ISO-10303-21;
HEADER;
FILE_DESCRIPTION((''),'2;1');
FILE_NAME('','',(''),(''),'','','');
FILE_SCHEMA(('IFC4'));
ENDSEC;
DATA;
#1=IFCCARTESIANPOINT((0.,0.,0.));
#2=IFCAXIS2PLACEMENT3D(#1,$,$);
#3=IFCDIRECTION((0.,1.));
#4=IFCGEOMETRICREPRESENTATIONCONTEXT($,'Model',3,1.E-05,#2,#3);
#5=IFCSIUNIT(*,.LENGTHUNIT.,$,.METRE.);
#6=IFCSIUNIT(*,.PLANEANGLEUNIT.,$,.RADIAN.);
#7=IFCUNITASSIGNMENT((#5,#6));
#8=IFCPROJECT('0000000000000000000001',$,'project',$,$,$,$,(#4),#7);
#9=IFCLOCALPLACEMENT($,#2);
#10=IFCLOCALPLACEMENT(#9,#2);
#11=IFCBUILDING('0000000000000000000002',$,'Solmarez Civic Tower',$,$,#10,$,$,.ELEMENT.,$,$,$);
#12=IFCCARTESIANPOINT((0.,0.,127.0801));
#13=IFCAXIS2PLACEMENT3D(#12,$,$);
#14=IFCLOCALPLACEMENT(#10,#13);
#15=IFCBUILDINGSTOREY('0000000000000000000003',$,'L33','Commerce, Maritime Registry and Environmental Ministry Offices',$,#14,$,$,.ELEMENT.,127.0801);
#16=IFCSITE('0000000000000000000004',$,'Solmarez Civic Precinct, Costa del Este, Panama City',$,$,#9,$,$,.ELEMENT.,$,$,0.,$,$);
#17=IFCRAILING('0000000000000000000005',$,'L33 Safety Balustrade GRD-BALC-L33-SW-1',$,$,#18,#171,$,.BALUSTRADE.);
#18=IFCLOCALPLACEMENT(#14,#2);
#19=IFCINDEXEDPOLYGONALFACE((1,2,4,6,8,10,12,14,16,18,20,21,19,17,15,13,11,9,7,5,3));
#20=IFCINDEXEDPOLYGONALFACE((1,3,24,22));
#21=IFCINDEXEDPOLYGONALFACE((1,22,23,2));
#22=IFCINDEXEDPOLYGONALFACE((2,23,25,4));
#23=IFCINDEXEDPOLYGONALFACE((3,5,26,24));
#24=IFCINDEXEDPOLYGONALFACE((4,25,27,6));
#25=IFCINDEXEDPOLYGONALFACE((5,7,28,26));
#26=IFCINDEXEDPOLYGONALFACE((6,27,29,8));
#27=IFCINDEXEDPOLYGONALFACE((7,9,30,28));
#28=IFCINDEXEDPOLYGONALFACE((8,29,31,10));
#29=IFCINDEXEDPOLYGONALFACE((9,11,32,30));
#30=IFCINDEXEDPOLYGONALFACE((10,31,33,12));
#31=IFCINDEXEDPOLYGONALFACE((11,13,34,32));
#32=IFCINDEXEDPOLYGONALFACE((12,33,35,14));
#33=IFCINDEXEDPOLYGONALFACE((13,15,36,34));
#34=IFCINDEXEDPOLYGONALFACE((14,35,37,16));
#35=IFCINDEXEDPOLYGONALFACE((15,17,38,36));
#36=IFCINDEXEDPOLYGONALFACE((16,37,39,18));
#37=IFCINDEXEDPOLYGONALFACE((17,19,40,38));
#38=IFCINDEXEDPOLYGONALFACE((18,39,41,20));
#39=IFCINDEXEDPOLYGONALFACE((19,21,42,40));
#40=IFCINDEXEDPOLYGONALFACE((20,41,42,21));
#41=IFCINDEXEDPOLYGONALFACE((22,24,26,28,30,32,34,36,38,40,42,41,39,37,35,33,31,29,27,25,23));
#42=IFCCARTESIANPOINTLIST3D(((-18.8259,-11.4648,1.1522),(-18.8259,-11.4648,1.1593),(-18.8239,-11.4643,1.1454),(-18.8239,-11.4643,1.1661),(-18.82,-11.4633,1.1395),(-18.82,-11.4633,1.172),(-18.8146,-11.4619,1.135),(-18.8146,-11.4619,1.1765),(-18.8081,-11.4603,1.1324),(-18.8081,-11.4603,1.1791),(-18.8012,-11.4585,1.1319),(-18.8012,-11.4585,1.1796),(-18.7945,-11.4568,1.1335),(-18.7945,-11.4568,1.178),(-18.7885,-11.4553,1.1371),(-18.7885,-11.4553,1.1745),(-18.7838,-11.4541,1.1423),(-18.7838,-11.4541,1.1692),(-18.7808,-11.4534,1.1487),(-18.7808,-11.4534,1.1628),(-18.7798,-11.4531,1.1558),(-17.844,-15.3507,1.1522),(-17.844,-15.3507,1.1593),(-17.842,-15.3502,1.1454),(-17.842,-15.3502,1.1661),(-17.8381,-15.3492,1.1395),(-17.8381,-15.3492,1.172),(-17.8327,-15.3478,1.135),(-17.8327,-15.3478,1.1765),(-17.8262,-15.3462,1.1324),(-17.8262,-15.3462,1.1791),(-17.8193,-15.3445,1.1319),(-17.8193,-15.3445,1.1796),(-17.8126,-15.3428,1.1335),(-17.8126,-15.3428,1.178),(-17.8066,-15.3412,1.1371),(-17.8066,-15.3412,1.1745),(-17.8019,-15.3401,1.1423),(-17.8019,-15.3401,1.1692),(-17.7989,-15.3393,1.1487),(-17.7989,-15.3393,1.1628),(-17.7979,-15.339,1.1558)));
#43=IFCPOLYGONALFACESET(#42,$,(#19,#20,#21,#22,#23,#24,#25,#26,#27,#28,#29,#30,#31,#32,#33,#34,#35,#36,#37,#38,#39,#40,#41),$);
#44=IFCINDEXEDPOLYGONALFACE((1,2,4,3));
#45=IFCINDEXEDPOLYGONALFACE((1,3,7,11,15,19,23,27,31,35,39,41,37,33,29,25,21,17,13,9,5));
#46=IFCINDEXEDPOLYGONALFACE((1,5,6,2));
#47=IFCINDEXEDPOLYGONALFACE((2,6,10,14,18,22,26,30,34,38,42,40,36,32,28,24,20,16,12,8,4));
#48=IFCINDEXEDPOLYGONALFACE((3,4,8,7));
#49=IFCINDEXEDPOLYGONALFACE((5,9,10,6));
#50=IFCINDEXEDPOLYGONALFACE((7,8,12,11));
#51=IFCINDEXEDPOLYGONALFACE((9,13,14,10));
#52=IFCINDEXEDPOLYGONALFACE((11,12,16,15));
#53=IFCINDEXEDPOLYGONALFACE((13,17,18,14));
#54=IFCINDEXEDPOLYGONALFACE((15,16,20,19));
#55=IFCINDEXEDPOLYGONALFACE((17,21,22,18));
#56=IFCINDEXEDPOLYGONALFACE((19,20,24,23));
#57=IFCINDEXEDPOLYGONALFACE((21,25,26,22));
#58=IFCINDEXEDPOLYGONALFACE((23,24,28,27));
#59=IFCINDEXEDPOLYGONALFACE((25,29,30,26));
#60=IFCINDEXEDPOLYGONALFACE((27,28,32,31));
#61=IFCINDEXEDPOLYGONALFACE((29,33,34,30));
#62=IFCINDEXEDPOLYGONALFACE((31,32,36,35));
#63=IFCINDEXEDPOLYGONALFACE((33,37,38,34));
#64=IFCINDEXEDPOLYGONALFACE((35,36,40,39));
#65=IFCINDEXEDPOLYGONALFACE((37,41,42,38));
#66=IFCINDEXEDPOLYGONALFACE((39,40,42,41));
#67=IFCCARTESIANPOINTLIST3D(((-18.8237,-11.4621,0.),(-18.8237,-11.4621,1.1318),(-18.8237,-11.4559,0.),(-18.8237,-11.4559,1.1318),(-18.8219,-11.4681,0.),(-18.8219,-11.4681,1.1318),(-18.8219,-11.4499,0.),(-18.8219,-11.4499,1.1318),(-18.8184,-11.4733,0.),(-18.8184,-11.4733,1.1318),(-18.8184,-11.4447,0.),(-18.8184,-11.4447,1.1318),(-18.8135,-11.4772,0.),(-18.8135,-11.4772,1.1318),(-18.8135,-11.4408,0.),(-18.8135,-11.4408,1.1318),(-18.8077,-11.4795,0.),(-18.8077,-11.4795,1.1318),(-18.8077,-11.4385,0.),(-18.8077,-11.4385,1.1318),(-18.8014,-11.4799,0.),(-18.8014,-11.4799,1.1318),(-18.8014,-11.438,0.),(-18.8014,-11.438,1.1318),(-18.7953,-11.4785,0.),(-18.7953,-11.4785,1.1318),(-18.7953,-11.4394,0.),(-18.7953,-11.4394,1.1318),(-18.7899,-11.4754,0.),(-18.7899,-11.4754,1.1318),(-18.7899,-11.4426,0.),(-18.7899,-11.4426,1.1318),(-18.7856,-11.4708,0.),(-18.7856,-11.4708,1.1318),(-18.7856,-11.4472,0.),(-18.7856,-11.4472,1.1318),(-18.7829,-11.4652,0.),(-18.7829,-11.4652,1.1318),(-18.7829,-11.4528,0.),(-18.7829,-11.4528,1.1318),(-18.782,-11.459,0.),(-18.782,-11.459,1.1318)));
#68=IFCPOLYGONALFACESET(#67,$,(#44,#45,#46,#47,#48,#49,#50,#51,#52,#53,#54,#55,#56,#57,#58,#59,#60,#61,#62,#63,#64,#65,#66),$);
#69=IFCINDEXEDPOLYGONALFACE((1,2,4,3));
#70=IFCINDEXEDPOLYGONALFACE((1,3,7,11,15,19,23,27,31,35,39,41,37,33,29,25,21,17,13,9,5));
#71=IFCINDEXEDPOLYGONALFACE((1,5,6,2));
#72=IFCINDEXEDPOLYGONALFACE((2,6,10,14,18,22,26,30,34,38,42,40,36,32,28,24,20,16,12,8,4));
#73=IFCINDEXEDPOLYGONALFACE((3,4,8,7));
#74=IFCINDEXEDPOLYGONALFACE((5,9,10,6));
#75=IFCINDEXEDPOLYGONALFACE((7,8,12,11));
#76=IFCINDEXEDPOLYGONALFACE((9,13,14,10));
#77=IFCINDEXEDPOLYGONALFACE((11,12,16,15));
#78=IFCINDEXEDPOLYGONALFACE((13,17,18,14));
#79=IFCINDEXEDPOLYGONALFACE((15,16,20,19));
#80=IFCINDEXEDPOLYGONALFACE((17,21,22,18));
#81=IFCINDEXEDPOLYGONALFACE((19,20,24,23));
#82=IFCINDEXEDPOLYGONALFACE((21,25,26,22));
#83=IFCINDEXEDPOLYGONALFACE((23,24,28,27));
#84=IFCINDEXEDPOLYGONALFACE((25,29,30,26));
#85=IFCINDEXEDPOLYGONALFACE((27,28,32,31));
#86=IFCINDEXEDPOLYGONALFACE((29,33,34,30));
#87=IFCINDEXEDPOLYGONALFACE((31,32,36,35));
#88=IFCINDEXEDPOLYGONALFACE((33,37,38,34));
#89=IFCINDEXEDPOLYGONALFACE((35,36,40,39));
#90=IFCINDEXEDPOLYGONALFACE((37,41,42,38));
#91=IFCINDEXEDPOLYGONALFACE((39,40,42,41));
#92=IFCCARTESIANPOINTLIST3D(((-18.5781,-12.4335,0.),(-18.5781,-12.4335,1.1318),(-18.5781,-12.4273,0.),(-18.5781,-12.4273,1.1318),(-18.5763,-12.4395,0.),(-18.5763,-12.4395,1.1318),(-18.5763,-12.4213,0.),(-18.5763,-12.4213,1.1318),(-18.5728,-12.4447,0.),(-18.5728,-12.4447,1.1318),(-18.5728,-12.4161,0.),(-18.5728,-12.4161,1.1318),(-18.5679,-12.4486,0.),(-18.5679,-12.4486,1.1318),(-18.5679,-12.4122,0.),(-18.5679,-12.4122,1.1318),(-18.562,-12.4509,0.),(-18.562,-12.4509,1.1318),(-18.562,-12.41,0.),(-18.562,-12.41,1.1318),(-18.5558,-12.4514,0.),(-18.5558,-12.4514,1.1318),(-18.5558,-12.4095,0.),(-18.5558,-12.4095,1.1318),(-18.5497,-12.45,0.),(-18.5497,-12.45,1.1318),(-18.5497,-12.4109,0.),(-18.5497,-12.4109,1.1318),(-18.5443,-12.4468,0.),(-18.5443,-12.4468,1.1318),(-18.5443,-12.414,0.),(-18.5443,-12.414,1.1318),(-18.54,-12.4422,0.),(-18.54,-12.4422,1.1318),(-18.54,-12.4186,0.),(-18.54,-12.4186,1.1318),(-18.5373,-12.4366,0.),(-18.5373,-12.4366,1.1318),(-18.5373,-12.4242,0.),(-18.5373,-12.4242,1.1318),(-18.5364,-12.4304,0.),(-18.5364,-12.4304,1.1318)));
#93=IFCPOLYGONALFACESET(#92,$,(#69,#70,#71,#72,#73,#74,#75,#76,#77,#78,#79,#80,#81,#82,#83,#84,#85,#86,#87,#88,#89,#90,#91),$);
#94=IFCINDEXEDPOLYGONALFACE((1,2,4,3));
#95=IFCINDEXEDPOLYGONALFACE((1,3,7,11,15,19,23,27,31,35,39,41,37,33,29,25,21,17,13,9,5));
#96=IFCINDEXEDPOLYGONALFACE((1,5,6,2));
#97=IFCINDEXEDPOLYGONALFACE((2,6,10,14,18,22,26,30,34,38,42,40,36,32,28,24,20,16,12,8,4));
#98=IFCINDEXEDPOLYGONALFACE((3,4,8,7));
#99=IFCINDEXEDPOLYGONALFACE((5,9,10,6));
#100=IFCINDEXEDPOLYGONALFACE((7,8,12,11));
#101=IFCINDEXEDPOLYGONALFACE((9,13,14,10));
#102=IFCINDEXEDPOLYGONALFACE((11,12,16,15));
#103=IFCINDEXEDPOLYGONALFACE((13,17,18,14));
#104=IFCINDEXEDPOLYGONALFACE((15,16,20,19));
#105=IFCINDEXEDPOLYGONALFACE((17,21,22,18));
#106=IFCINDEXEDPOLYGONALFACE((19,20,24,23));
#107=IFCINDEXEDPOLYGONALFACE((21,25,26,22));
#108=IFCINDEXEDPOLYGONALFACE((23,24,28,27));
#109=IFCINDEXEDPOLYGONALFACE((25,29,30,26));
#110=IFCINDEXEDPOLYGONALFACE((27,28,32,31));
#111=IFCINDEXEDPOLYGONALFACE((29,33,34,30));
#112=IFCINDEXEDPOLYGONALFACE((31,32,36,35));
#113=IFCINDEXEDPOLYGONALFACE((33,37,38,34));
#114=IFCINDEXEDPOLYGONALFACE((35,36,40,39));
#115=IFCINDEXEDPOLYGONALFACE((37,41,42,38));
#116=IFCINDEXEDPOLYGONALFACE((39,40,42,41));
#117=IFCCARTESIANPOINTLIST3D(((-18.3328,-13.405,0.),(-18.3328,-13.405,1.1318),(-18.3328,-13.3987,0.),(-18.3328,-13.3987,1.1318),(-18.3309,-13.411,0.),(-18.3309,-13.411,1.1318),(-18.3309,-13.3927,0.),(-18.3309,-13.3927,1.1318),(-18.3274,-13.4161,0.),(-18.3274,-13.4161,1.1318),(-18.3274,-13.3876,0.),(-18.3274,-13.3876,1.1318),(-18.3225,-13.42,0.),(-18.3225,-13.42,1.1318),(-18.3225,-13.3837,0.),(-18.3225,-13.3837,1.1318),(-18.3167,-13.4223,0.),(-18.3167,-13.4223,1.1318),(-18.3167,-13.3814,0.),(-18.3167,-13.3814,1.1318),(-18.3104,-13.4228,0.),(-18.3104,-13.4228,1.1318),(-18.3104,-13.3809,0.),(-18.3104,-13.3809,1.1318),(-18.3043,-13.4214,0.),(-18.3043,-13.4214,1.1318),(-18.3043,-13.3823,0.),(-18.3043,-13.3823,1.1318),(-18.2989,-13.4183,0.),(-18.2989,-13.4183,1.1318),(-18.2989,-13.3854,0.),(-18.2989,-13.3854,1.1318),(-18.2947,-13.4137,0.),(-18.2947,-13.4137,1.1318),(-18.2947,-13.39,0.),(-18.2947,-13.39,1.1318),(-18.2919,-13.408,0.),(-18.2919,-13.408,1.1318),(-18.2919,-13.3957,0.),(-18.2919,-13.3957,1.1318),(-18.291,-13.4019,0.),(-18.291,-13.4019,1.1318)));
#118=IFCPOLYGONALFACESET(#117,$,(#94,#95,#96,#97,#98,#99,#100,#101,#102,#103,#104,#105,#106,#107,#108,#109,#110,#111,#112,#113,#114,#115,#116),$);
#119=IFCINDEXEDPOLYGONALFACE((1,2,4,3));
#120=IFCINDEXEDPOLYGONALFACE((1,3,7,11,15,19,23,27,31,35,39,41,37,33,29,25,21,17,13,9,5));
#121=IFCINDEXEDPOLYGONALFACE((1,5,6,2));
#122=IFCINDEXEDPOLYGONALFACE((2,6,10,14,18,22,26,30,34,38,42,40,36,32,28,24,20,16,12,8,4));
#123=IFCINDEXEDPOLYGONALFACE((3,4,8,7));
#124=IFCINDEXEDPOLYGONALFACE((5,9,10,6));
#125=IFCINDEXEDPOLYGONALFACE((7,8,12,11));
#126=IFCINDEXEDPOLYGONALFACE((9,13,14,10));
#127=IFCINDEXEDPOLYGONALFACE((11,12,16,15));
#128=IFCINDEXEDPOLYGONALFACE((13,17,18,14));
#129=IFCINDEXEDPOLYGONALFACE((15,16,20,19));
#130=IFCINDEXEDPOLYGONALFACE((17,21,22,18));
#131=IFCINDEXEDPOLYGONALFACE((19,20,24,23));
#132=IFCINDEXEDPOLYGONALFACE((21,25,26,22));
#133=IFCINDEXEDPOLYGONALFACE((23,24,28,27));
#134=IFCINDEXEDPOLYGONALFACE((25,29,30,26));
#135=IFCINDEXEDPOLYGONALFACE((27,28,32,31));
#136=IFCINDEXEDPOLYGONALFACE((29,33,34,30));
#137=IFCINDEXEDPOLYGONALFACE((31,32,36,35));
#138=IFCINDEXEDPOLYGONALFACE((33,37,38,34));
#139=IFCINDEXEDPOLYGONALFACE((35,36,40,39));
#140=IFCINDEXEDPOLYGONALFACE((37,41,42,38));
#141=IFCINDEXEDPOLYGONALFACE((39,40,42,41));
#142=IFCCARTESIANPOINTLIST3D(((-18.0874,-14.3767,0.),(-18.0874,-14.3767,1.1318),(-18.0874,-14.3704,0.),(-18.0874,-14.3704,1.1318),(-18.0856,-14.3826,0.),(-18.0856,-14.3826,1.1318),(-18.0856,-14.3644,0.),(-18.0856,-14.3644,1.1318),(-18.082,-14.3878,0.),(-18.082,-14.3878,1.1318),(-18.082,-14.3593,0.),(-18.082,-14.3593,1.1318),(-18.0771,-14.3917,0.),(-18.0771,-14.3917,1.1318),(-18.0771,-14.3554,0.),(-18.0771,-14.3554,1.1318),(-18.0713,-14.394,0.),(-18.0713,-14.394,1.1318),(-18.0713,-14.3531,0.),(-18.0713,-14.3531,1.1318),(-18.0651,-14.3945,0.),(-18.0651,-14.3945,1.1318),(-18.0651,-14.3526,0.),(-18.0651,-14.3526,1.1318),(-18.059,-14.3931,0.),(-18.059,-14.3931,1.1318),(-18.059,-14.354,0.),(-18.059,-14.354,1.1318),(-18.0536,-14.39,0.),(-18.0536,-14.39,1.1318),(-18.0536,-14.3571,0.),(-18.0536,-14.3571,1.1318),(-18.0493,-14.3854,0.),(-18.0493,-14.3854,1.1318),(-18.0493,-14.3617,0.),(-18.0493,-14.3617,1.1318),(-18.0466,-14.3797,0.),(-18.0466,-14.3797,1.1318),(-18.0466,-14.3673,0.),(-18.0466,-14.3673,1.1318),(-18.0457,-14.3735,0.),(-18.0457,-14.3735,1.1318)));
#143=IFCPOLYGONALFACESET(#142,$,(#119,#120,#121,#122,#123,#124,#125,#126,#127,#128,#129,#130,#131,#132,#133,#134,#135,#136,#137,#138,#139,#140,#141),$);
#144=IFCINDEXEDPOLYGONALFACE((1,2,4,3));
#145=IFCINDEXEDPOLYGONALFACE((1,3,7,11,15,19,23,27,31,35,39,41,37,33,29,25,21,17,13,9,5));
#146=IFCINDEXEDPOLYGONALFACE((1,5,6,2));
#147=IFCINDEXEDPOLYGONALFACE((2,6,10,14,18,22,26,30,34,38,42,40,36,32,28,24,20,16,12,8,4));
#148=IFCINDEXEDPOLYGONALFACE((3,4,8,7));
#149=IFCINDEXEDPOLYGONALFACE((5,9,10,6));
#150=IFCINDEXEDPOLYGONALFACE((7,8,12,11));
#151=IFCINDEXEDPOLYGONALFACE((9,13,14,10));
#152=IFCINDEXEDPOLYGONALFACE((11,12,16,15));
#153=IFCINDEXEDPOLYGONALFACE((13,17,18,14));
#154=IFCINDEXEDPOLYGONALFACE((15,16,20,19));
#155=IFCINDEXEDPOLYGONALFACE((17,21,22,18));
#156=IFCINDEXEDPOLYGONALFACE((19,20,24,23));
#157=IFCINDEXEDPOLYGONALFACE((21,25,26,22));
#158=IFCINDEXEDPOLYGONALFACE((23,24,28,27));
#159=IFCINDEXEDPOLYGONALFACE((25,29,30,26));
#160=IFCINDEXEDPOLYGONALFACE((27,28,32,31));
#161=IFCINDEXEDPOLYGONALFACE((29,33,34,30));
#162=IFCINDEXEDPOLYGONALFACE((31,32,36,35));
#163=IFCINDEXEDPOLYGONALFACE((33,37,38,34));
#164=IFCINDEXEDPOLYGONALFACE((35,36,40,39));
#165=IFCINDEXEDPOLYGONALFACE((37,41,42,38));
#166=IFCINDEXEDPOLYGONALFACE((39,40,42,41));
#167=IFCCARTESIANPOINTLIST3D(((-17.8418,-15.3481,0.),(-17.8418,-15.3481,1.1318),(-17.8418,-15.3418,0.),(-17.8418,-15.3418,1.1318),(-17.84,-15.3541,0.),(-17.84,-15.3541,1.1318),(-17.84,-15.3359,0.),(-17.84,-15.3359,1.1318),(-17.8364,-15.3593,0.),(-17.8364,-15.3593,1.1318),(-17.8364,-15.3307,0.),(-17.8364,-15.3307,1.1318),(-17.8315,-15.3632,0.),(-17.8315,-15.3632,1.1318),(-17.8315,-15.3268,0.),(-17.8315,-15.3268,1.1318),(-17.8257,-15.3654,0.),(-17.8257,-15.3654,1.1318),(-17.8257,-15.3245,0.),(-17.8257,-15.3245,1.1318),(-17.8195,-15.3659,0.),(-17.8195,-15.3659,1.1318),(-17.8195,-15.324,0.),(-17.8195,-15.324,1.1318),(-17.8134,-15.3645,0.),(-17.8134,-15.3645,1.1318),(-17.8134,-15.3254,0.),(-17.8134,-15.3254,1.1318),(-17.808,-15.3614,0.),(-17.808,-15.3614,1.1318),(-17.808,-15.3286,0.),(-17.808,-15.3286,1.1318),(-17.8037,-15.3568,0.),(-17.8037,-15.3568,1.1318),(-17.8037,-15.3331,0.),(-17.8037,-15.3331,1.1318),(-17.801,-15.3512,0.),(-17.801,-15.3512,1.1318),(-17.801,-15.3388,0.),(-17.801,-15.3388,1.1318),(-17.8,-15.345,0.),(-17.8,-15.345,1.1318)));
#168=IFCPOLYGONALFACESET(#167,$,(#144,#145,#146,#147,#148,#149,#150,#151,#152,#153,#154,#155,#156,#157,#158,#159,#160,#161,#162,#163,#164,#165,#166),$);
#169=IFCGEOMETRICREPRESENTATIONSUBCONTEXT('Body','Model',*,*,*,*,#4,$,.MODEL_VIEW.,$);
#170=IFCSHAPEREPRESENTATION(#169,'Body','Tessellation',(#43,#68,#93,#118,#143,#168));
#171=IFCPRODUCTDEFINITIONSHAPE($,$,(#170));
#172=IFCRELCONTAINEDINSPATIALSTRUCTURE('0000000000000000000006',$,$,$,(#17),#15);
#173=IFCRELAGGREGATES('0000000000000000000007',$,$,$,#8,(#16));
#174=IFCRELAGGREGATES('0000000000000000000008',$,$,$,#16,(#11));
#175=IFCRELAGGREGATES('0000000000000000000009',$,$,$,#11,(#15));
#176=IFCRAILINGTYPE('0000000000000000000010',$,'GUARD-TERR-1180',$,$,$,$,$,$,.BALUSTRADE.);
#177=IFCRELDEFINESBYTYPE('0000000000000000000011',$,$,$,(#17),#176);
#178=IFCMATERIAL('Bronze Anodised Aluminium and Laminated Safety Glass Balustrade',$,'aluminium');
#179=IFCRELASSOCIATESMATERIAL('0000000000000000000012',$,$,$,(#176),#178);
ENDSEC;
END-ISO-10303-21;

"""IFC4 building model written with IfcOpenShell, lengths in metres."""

from ifc_helpers import new_model, si_unit, direction, frame, origin, origin_2d, place, context, subcontext, project, spatial, circle, extrude, material, type_object, element, save


model = new_model("IFC4")

# Units and contexts
model_context = context("Model", 3, precision=1e-05, world=origin(), true_north=direction((0.0, 1.0)))
body_context = subcontext(model_context, "Body", "Model", "MODEL_VIEW")
ifc_project = project(units=[si_unit("LENGTHUNIT", "METRE"), si_unit("PLANEANGLEUNIT", "RADIAN")], contexts=[model_context])

# Site, building, storey
site_placement = place(None, origin())
site = spatial("IfcSite", under=ifc_project, at=site_placement, Name="Solmarez Civic Precinct, Costa del Este, Panama City", CompositionType="ELEMENT", RefElevation=0.0)
building_placement = place(site_placement, origin())
building = spatial("IfcBuilding", under=site, at=building_placement, Name="Solmarez Civic Tower", CompositionType="ELEMENT")
storey_placement = place(building_placement, frame((0.0, 0.0, 127.0801)))
storey = spatial("IfcBuildingStorey", under=building, at=storey_placement, Name="L33", Description="Commerce, Maritime Registry and Environmental Ministry Offices", CompositionType="ELEMENT", Elevation=127.0801)

# Railing
ifc_material_1 = material(Name="Bronze Anodised Aluminium and Laminated Safety Glass Balustrade", Category="aluminium")
railing_type = type_object("IfcRailingType", Name="GUARD-TERR-1180", PredefinedType="BALUSTRADE", material=ifc_material_1)
railing_1_placement = place(storey_placement, frame((-18.803, -11.459, 0.0)))
element("IfcRailing", 1, at=railing_1_placement, inside=storey, type_object=railing_type, Name="L33 Safety Balustrade GRD-BALC-L33-SW-1", PredefinedType="BALUSTRADE", context=body_context, shape_type="SweptSolid", body=[
    extrude(circle(Radius=0.0239, at=origin_2d()), frame((0.0, 0.0, 1.1558), z_axis=(0.244986, -0.969527, 0.0), x_axis=(0.969527, 0.244986, 0.0)), (0.0, 0.0, 1.0), 4.0081),
    extrude(circle(Radius=0.021, at=origin_2d()), origin(), (0.0, 0.0, 1.0), 1.1318),
    extrude(circle(Radius=0.021, at=origin_2d()), frame((0.2456, -0.9714, 0.0)), (0.0, 0.0, 1.0), 1.1318),
    extrude(circle(Radius=0.021, at=origin_2d()), frame((0.491, -1.9429, 0.0)), (0.0, 0.0, 1.0), 1.1318),
    extrude(circle(Radius=0.021, at=origin_2d()), frame((0.7363, -2.9146, 0.0)), (0.0, 0.0, 1.0), 1.1318),
    extrude(circle(Radius=0.021, at=origin_2d()), frame((0.9819, -3.886, 0.0)), (0.0, 0.0, 1.0), 1.1318),
])

save(model, "model.ifc")
